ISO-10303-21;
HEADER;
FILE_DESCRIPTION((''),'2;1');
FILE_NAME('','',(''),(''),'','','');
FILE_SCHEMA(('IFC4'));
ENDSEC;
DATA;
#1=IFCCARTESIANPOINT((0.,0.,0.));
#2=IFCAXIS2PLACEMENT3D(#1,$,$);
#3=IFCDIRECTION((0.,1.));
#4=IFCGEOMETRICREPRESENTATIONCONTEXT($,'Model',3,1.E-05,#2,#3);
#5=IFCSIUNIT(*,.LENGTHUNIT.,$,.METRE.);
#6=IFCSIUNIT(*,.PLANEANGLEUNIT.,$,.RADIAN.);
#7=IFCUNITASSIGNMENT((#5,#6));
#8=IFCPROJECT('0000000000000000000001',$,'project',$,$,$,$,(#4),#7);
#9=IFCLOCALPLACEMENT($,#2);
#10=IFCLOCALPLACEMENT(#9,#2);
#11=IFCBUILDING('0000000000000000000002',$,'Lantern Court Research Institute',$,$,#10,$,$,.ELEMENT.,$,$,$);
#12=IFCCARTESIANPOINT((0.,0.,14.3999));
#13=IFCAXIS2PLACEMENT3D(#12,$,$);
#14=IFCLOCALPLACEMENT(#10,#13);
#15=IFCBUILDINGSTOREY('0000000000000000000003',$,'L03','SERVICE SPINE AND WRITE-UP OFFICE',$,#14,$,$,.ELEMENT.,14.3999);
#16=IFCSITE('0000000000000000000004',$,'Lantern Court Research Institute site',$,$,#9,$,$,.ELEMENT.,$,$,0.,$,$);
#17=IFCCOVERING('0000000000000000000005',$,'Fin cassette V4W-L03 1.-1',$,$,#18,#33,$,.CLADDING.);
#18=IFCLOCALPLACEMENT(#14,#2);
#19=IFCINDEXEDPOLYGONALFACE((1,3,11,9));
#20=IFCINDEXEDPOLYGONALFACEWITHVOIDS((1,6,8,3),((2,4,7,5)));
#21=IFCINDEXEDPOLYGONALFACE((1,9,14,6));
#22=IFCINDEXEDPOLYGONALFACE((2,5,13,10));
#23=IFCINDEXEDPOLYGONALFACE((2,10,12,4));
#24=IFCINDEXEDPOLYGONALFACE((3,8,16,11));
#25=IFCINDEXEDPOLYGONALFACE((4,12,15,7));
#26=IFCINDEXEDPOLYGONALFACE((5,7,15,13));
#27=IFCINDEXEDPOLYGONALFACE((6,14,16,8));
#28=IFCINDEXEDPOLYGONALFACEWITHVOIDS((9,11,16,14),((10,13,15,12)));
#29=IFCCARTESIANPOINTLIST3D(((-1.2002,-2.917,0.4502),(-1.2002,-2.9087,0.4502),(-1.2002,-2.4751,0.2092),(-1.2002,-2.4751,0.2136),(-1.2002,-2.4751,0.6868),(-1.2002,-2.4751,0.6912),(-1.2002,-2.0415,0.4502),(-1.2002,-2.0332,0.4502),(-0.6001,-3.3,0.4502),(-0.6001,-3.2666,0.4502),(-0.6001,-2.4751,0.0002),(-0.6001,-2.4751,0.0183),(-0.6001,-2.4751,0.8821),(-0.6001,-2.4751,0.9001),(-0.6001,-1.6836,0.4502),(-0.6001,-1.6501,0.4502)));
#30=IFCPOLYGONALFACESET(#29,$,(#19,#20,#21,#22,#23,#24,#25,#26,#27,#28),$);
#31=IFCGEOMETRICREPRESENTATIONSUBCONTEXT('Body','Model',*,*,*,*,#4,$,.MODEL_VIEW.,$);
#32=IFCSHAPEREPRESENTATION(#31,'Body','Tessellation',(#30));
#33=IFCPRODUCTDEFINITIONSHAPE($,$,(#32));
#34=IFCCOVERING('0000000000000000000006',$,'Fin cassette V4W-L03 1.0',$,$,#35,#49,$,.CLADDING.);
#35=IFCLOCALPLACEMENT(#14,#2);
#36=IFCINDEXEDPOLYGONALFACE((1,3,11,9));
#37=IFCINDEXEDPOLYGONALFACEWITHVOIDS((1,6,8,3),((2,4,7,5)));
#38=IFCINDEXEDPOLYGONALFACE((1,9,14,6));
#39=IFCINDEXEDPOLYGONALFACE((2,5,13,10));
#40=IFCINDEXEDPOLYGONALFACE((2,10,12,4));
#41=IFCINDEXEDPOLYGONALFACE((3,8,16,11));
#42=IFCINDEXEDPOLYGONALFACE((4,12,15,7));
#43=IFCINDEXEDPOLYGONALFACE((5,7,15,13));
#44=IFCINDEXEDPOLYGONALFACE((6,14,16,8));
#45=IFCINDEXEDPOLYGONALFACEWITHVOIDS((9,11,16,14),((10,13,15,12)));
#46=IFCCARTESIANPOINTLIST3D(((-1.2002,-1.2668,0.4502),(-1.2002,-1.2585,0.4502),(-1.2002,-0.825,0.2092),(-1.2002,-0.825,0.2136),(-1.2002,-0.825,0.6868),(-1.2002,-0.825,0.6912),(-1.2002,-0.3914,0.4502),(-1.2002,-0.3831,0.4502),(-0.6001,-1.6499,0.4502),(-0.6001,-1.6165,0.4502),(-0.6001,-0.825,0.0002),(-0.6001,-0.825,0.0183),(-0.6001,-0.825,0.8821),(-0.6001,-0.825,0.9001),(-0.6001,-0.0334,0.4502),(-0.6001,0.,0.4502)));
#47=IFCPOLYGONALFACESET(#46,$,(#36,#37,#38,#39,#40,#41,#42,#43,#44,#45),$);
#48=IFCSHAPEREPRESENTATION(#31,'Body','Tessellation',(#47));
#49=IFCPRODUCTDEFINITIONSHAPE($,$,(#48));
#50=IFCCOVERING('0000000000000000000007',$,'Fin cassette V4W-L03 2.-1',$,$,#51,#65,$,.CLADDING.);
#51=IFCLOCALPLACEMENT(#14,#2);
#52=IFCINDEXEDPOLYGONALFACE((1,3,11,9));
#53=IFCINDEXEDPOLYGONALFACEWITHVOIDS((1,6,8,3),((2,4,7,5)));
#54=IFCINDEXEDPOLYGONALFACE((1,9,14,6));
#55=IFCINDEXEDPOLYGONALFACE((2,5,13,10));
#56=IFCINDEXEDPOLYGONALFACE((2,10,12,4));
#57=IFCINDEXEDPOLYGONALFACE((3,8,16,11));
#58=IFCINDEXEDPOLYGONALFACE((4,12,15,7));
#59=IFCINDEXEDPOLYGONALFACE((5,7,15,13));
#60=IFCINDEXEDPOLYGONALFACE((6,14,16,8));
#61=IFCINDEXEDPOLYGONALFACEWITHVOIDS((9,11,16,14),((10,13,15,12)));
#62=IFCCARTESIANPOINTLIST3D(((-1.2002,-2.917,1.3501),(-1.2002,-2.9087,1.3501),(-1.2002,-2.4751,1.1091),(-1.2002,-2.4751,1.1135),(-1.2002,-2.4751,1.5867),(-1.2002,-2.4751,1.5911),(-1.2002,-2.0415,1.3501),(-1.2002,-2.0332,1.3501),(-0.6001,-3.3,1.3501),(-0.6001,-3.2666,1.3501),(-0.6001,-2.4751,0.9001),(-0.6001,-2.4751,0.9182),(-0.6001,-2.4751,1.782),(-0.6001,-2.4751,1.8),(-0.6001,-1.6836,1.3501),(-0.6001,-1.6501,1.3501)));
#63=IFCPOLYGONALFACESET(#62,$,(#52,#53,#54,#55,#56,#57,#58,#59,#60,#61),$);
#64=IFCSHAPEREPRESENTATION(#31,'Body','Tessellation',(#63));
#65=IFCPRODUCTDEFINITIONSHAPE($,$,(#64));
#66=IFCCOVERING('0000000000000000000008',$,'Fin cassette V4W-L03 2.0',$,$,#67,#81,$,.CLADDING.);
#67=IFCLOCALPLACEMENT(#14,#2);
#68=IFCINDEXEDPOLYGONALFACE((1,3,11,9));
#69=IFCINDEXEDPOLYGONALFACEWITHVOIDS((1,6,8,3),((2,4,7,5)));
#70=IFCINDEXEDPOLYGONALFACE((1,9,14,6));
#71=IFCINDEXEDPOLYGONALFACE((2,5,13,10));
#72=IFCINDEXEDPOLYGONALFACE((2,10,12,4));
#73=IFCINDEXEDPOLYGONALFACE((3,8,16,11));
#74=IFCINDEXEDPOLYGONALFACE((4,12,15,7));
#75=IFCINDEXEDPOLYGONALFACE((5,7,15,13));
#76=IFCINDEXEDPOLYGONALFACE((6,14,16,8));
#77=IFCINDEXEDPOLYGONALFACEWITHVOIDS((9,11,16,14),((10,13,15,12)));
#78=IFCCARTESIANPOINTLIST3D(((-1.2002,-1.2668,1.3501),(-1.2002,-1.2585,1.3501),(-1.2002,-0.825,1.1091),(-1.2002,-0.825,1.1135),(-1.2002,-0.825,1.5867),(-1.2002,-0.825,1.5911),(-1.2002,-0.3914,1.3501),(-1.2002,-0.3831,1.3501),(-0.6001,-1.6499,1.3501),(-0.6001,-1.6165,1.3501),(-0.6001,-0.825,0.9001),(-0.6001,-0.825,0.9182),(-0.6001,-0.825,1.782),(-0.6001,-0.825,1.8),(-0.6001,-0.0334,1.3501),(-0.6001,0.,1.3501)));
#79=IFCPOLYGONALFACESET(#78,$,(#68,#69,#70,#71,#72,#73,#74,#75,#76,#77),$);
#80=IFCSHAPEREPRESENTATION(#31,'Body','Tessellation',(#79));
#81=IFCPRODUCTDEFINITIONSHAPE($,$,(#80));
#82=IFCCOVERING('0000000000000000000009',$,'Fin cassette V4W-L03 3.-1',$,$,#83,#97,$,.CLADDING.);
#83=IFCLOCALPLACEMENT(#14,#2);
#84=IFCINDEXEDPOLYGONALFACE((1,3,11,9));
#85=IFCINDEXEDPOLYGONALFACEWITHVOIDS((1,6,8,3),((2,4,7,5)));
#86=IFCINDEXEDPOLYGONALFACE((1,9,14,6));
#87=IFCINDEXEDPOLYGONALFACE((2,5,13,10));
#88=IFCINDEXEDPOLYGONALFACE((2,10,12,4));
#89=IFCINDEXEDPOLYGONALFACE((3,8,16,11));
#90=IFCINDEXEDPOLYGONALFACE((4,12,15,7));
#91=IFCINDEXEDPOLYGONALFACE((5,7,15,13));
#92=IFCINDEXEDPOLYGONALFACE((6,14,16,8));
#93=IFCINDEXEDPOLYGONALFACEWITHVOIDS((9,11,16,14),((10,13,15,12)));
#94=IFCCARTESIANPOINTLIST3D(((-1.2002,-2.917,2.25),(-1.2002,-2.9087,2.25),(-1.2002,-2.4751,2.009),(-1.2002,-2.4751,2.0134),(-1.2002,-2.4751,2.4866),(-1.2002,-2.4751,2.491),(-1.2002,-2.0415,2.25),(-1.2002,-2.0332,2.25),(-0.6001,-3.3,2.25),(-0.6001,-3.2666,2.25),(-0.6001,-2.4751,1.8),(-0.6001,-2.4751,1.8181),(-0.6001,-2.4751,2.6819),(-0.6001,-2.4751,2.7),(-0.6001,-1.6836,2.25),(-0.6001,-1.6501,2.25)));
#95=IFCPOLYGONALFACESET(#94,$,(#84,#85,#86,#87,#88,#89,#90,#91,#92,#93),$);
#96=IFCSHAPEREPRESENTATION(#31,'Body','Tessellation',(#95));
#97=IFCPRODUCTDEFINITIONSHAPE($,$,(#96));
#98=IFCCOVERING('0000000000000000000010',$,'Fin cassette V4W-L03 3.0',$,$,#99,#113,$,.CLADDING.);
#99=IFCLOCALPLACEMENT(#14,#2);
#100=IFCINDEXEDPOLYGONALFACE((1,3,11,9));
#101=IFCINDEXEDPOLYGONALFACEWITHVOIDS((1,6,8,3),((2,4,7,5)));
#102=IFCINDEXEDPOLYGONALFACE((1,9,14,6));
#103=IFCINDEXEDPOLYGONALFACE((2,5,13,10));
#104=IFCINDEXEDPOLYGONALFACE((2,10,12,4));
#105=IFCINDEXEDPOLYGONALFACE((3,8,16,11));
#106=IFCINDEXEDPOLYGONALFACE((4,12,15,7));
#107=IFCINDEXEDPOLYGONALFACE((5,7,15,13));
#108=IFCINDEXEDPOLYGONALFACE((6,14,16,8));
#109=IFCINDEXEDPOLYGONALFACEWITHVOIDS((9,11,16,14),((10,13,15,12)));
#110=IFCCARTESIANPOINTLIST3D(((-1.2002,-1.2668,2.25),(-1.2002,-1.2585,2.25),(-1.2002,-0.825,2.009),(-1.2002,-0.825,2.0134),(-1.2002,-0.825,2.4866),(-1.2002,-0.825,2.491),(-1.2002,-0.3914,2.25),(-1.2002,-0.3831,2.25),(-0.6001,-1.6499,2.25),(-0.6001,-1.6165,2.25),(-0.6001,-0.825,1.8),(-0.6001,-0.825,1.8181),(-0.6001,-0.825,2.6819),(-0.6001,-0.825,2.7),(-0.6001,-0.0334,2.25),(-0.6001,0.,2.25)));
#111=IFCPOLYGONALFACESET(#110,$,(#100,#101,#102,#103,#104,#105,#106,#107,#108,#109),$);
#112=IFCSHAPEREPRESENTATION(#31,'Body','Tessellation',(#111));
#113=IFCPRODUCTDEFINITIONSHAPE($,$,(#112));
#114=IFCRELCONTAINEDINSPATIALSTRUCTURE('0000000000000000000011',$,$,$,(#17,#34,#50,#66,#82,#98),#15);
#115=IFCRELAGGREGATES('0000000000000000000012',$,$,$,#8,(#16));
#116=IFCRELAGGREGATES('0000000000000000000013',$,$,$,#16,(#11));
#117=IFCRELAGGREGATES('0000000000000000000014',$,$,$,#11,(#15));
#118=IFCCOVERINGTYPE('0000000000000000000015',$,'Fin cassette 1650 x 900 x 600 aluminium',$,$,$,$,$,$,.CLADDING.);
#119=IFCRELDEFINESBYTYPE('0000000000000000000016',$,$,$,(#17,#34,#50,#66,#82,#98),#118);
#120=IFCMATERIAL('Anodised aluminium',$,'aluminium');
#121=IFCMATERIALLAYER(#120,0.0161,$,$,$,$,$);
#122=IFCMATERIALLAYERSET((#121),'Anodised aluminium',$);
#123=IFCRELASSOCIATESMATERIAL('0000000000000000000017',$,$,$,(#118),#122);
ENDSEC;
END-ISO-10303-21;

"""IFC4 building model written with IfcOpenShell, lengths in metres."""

from ifc_helpers import new_model, entity, si_unit, direction, frame, origin, place, context, subcontext, project, spatial, material, layer, layer_set, type_object, element, save


model = new_model("IFC4")

# Units and contexts
model_context = context("Model", 3, precision=1e-05, world=origin(), true_north=direction((0.0, 1.0)))
body_context = subcontext(model_context, "Body", "Model", "MODEL_VIEW")
ifc_project = project(units=[si_unit("LENGTHUNIT", "METRE"), si_unit("PLANEANGLEUNIT", "RADIAN")], contexts=[model_context])

# Site, building, storey
site_placement = place(None, origin())
site = spatial("IfcSite", under=ifc_project, at=site_placement, Name="Lantern Court Research Institute site", CompositionType="ELEMENT", RefElevation=0.0)
building_placement = place(site_placement, origin())
building = spatial("IfcBuilding", under=site, at=building_placement, Name="Lantern Court Research Institute", CompositionType="ELEMENT")
storey_placement = place(building_placement, frame((0.0, 0.0, 14.3999)))
storey = spatial("IfcBuildingStorey", under=building, at=storey_placement, Name="L03", Description="SERVICE SPINE AND WRITE-UP OFFICE", CompositionType="ELEMENT", Elevation=14.3999)

# Coverings
ifc_material_1 = material(Name="Anodised aluminium", Category="aluminium")
ifc_layer_1 = layer(ifc_material_1, 0.0161)
ifc_layer_set_1 = layer_set([ifc_layer_1], Name="Anodised aluminium")
covering_type = type_object("IfcCoveringType", Name="Fin cassette 1650 x 900 x 600 aluminium", PredefinedType="CLADDING", material=ifc_layer_set_1)
covering_1_placement = place(storey_placement, frame((-0.6001, -2.4751, 0.4502), z_axis=(-1.0, 0.0, 0.0), x_axis=(0.0, -1.0, 0.0)))
cartesian_point_1 = entity("IfcCartesianPoint", [0.825, 0.0])
cartesian_point_2 = entity("IfcCartesianPoint", [0.7915, 0.0])
cartesian_point_3 = entity("IfcCartesianPoint", [0.4419, 0.0])
cartesian_point_4 = entity("IfcCartesianPoint", [0.4336, 0.0])
element("IfcCovering", 1, at=covering_1_placement, inside=storey, type_object=covering_type, Name="Fin cassette V4W-L03 1.-1", PredefinedType="CLADDING", context=body_context, shape_type="SweptSolid", body=[
    entity("IfcExtrudedAreaSolidTapered", entity("IfcArbitraryProfileDefWithVoids", "AREA", None, entity("IfcPolyline", [cartesian_point_1, entity("IfcCartesianPoint", [0.0, 0.45]), entity("IfcCartesianPoint", [-0.825, 0.0]), entity("IfcCartesianPoint", [0.0, -0.45]), cartesian_point_1]), [entity("IfcPolyline", [cartesian_point_2, entity("IfcCartesianPoint", [0.0, 0.4319]), entity("IfcCartesianPoint", [-0.7915, 0.0]), entity("IfcCartesianPoint", [0.0, -0.4319]), cartesian_point_2])]), entity("IfcAxis2Placement3D", entity("IfcCartesianPoint", [0.0, 0.0, 0.0])), entity("IfcDirection", [0.0, 0.0, 1.0]), 0.6001, entity("IfcArbitraryProfileDefWithVoids", "AREA", None, entity("IfcPolyline", [cartesian_point_3, entity("IfcCartesianPoint", [0.0, 0.241]), entity("IfcCartesianPoint", [-0.4419, 0.0]), entity("IfcCartesianPoint", [0.0, -0.241]), cartesian_point_3]), [entity("IfcPolyline", [cartesian_point_4, entity("IfcCartesianPoint", [0.0, 0.2366]), entity("IfcCartesianPoint", [-0.4336, 0.0]), entity("IfcCartesianPoint", [0.0, -0.2366]), cartesian_point_4])])),
])
covering_2_placement = place(storey_placement, frame((-0.6001, -0.825, 0.4502), z_axis=(-1.0, 0.0, 0.0), x_axis=(0.0, -1.0, 0.0)))
cartesian_point_5 = entity("IfcCartesianPoint", [0.825, 0.0])
cartesian_point_6 = entity("IfcCartesianPoint", [0.7915, 0.0])
cartesian_point_7 = entity("IfcCartesianPoint", [0.4419, 0.0])
cartesian_point_8 = entity("IfcCartesianPoint", [0.4336, 0.0])
element("IfcCovering", 2, at=covering_2_placement, inside=storey, type_object=covering_type, Name="Fin cassette V4W-L03 1.0", PredefinedType="CLADDING", context=body_context, shape_type="SweptSolid", body=[
    entity("IfcExtrudedAreaSolidTapered", entity("IfcArbitraryProfileDefWithVoids", "AREA", None, entity("IfcPolyline", [cartesian_point_5, entity("IfcCartesianPoint", [0.0, 0.45]), entity("IfcCartesianPoint", [-0.825, 0.0]), entity("IfcCartesianPoint", [0.0, -0.45]), cartesian_point_5]), [entity("IfcPolyline", [cartesian_point_6, entity("IfcCartesianPoint", [0.0, 0.4319]), entity("IfcCartesianPoint", [-0.7915, 0.0]), entity("IfcCartesianPoint", [0.0, -0.4319]), cartesian_point_6])]), entity("IfcAxis2Placement3D", entity("IfcCartesianPoint", [0.0, 0.0, 0.0])), entity("IfcDirection", [0.0, 0.0, 1.0]), 0.6001, entity("IfcArbitraryProfileDefWithVoids", "AREA", None, entity("IfcPolyline", [cartesian_point_7, entity("IfcCartesianPoint", [0.0, 0.241]), entity("IfcCartesianPoint", [-0.4419, 0.0]), entity("IfcCartesianPoint", [0.0, -0.241]), cartesian_point_7]), [entity("IfcPolyline", [cartesian_point_8, entity("IfcCartesianPoint", [0.0, 0.2366]), entity("IfcCartesianPoint", [-0.4336, 0.0]), entity("IfcCartesianPoint", [0.0, -0.2366]), cartesian_point_8])])),
])
covering_3_placement = place(storey_placement, frame((-0.6001, -2.4751, 1.3501), z_axis=(-1.0, 0.0, 0.0), x_axis=(0.0, -1.0, 0.0)))
cartesian_point_9 = entity("IfcCartesianPoint", [0.825, 0.0])
cartesian_point_10 = entity("IfcCartesianPoint", [0.7915, 0.0])
cartesian_point_11 = entity("IfcCartesianPoint", [0.4419, 0.0])
cartesian_point_12 = entity("IfcCartesianPoint", [0.4336, 0.0])
element("IfcCovering", 3, at=covering_3_placement, inside=storey, type_object=covering_type, Name="Fin cassette V4W-L03 2.-1", PredefinedType="CLADDING", context=body_context, shape_type="SweptSolid", body=[
    entity("IfcExtrudedAreaSolidTapered", entity("IfcArbitraryProfileDefWithVoids", "AREA", None, entity("IfcPolyline", [cartesian_point_9, entity("IfcCartesianPoint", [0.0, 0.45]), entity("IfcCartesianPoint", [-0.825, 0.0]), entity("IfcCartesianPoint", [0.0, -0.45]), cartesian_point_9]), [entity("IfcPolyline", [cartesian_point_10, entity("IfcCartesianPoint", [0.0, 0.4319]), entity("IfcCartesianPoint", [-0.7915, 0.0]), entity("IfcCartesianPoint", [0.0, -0.4319]), cartesian_point_10])]), entity("IfcAxis2Placement3D", entity("IfcCartesianPoint", [0.0, 0.0, 0.0])), entity("IfcDirection", [0.0, 0.0, 1.0]), 0.6001, entity("IfcArbitraryProfileDefWithVoids", "AREA", None, entity("IfcPolyline", [cartesian_point_11, entity("IfcCartesianPoint", [0.0, 0.241]), entity("IfcCartesianPoint", [-0.4419, 0.0]), entity("IfcCartesianPoint", [0.0, -0.241]), cartesian_point_11]), [entity("IfcPolyline", [cartesian_point_12, entity("IfcCartesianPoint", [0.0, 0.2366]), entity("IfcCartesianPoint", [-0.4336, 0.0]), entity("IfcCartesianPoint", [0.0, -0.2366]), cartesian_point_12])])),
])
covering_4_placement = place(storey_placement, frame((-0.6001, -0.825, 1.3501), z_axis=(-1.0, 0.0, 0.0), x_axis=(0.0, -1.0, 0.0)))
cartesian_point_13 = entity("IfcCartesianPoint", [0.825, 0.0])
cartesian_point_14 = entity("IfcCartesianPoint", [0.7915, 0.0])
cartesian_point_15 = entity("IfcCartesianPoint", [0.4419, 0.0])
cartesian_point_16 = entity("IfcCartesianPoint", [0.4336, 0.0])
element("IfcCovering", 4, at=covering_4_placement, inside=storey, type_object=covering_type, Name="Fin cassette V4W-L03 2.0", PredefinedType="CLADDING", context=body_context, shape_type="SweptSolid", body=[
    entity("IfcExtrudedAreaSolidTapered", entity("IfcArbitraryProfileDefWithVoids", "AREA", None, entity("IfcPolyline", [cartesian_point_13, entity("IfcCartesianPoint", [0.0, 0.45]), entity("IfcCartesianPoint", [-0.825, 0.0]), entity("IfcCartesianPoint", [0.0, -0.45]), cartesian_point_13]), [entity("IfcPolyline", [cartesian_point_14, entity("IfcCartesianPoint", [0.0, 0.4319]), entity("IfcCartesianPoint", [-0.7915, 0.0]), entity("IfcCartesianPoint", [0.0, -0.4319]), cartesian_point_14])]), entity("IfcAxis2Placement3D", entity("IfcCartesianPoint", [0.0, 0.0, 0.0])), entity("IfcDirection", [0.0, 0.0, 1.0]), 0.6001, entity("IfcArbitraryProfileDefWithVoids", "AREA", None, entity("IfcPolyline", [cartesian_point_15, entity("IfcCartesianPoint", [0.0, 0.241]), entity("IfcCartesianPoint", [-0.4419, 0.0]), entity("IfcCartesianPoint", [0.0, -0.241]), cartesian_point_15]), [entity("IfcPolyline", [cartesian_point_16, entity("IfcCartesianPoint", [0.0, 0.2366]), entity("IfcCartesianPoint", [-0.4336, 0.0]), entity("IfcCartesianPoint", [0.0, -0.2366]), cartesian_point_16])])),
])
covering_5_placement = place(storey_placement, frame((-0.6001, -2.4751, 2.25), z_axis=(-1.0, 0.0, 0.0), x_axis=(0.0, -1.0, 0.0)))
cartesian_point_17 = entity("IfcCartesianPoint", [0.825, 0.0])
cartesian_point_18 = entity("IfcCartesianPoint", [0.7915, 0.0])
cartesian_point_19 = entity("IfcCartesianPoint", [0.4419, 0.0])
cartesian_point_20 = entity("IfcCartesianPoint", [0.4336, 0.0])
element("IfcCovering", 5, at=covering_5_placement, inside=storey, type_object=covering_type, Name="Fin cassette V4W-L03 3.-1", PredefinedType="CLADDING", context=body_context, shape_type="SweptSolid", body=[
    entity("IfcExtrudedAreaSolidTapered", entity("IfcArbitraryProfileDefWithVoids", "AREA", None, entity("IfcPolyline", [cartesian_point_17, entity("IfcCartesianPoint", [0.0, 0.45]), entity("IfcCartesianPoint", [-0.825, 0.0]), entity("IfcCartesianPoint", [0.0, -0.45]), cartesian_point_17]), [entity("IfcPolyline", [cartesian_point_18, entity("IfcCartesianPoint", [0.0, 0.4319]), entity("IfcCartesianPoint", [-0.7915, 0.0]), entity("IfcCartesianPoint", [0.0, -0.4319]), cartesian_point_18])]), entity("IfcAxis2Placement3D", entity("IfcCartesianPoint", [0.0, 0.0, 0.0])), entity("IfcDirection", [0.0, 0.0, 1.0]), 0.6001, entity("IfcArbitraryProfileDefWithVoids", "AREA", None, entity("IfcPolyline", [cartesian_point_19, entity("IfcCartesianPoint", [0.0, 0.241]), entity("IfcCartesianPoint", [-0.4419, 0.0]), entity("IfcCartesianPoint", [0.0, -0.241]), cartesian_point_19]), [entity("IfcPolyline", [cartesian_point_20, entity("IfcCartesianPoint", [0.0, 0.2366]), entity("IfcCartesianPoint", [-0.4336, 0.0]), entity("IfcCartesianPoint", [0.0, -0.2366]), cartesian_point_20])])),
])
covering_6_placement = place(storey_placement, frame((-0.6001, -0.825, 2.25), z_axis=(-1.0, 0.0, 0.0), x_axis=(0.0, -1.0, 0.0)))
cartesian_point_21 = entity("IfcCartesianPoint", [0.825, 0.0])
cartesian_point_22 = entity("IfcCartesianPoint", [0.7915, 0.0])
cartesian_point_23 = entity("IfcCartesianPoint", [0.4419, 0.0])
cartesian_point_24 = entity("IfcCartesianPoint", [0.4336, 0.0])
element("IfcCovering", 6, at=covering_6_placement, inside=storey, type_object=covering_type, Name="Fin cassette V4W-L03 3.0", PredefinedType="CLADDING", context=body_context, shape_type="SweptSolid", body=[
    entity("IfcExtrudedAreaSolidTapered", entity("IfcArbitraryProfileDefWithVoids", "AREA", None, entity("IfcPolyline", [cartesian_point_21, entity("IfcCartesianPoint", [0.0, 0.45]), entity("IfcCartesianPoint", [-0.825, 0.0]), entity("IfcCartesianPoint", [0.0, -0.45]), cartesian_point_21]), [entity("IfcPolyline", [cartesian_point_22, entity("IfcCartesianPoint", [0.0, 0.4319]), entity("IfcCartesianPoint", [-0.7915, 0.0]), entity("IfcCartesianPoint", [0.0, -0.4319]), cartesian_point_22])]), entity("IfcAxis2Placement3D", entity("IfcCartesianPoint", [0.0, 0.0, 0.0])), entity("IfcDirection", [0.0, 0.0, 1.0]), 0.6001, entity("IfcArbitraryProfileDefWithVoids", "AREA", None, entity("IfcPolyline", [cartesian_point_23, entity("IfcCartesianPoint", [0.0, 0.241]), entity("IfcCartesianPoint", [-0.4419, 0.0]), entity("IfcCartesianPoint", [0.0, -0.241]), cartesian_point_23]), [entity("IfcPolyline", [cartesian_point_24, entity("IfcCartesianPoint", [0.0, 0.2366]), entity("IfcCartesianPoint", [-0.4336, 0.0]), entity("IfcCartesianPoint", [0.0, -0.2366]), cartesian_point_24])])),
])

save(model, "model.ifc")
